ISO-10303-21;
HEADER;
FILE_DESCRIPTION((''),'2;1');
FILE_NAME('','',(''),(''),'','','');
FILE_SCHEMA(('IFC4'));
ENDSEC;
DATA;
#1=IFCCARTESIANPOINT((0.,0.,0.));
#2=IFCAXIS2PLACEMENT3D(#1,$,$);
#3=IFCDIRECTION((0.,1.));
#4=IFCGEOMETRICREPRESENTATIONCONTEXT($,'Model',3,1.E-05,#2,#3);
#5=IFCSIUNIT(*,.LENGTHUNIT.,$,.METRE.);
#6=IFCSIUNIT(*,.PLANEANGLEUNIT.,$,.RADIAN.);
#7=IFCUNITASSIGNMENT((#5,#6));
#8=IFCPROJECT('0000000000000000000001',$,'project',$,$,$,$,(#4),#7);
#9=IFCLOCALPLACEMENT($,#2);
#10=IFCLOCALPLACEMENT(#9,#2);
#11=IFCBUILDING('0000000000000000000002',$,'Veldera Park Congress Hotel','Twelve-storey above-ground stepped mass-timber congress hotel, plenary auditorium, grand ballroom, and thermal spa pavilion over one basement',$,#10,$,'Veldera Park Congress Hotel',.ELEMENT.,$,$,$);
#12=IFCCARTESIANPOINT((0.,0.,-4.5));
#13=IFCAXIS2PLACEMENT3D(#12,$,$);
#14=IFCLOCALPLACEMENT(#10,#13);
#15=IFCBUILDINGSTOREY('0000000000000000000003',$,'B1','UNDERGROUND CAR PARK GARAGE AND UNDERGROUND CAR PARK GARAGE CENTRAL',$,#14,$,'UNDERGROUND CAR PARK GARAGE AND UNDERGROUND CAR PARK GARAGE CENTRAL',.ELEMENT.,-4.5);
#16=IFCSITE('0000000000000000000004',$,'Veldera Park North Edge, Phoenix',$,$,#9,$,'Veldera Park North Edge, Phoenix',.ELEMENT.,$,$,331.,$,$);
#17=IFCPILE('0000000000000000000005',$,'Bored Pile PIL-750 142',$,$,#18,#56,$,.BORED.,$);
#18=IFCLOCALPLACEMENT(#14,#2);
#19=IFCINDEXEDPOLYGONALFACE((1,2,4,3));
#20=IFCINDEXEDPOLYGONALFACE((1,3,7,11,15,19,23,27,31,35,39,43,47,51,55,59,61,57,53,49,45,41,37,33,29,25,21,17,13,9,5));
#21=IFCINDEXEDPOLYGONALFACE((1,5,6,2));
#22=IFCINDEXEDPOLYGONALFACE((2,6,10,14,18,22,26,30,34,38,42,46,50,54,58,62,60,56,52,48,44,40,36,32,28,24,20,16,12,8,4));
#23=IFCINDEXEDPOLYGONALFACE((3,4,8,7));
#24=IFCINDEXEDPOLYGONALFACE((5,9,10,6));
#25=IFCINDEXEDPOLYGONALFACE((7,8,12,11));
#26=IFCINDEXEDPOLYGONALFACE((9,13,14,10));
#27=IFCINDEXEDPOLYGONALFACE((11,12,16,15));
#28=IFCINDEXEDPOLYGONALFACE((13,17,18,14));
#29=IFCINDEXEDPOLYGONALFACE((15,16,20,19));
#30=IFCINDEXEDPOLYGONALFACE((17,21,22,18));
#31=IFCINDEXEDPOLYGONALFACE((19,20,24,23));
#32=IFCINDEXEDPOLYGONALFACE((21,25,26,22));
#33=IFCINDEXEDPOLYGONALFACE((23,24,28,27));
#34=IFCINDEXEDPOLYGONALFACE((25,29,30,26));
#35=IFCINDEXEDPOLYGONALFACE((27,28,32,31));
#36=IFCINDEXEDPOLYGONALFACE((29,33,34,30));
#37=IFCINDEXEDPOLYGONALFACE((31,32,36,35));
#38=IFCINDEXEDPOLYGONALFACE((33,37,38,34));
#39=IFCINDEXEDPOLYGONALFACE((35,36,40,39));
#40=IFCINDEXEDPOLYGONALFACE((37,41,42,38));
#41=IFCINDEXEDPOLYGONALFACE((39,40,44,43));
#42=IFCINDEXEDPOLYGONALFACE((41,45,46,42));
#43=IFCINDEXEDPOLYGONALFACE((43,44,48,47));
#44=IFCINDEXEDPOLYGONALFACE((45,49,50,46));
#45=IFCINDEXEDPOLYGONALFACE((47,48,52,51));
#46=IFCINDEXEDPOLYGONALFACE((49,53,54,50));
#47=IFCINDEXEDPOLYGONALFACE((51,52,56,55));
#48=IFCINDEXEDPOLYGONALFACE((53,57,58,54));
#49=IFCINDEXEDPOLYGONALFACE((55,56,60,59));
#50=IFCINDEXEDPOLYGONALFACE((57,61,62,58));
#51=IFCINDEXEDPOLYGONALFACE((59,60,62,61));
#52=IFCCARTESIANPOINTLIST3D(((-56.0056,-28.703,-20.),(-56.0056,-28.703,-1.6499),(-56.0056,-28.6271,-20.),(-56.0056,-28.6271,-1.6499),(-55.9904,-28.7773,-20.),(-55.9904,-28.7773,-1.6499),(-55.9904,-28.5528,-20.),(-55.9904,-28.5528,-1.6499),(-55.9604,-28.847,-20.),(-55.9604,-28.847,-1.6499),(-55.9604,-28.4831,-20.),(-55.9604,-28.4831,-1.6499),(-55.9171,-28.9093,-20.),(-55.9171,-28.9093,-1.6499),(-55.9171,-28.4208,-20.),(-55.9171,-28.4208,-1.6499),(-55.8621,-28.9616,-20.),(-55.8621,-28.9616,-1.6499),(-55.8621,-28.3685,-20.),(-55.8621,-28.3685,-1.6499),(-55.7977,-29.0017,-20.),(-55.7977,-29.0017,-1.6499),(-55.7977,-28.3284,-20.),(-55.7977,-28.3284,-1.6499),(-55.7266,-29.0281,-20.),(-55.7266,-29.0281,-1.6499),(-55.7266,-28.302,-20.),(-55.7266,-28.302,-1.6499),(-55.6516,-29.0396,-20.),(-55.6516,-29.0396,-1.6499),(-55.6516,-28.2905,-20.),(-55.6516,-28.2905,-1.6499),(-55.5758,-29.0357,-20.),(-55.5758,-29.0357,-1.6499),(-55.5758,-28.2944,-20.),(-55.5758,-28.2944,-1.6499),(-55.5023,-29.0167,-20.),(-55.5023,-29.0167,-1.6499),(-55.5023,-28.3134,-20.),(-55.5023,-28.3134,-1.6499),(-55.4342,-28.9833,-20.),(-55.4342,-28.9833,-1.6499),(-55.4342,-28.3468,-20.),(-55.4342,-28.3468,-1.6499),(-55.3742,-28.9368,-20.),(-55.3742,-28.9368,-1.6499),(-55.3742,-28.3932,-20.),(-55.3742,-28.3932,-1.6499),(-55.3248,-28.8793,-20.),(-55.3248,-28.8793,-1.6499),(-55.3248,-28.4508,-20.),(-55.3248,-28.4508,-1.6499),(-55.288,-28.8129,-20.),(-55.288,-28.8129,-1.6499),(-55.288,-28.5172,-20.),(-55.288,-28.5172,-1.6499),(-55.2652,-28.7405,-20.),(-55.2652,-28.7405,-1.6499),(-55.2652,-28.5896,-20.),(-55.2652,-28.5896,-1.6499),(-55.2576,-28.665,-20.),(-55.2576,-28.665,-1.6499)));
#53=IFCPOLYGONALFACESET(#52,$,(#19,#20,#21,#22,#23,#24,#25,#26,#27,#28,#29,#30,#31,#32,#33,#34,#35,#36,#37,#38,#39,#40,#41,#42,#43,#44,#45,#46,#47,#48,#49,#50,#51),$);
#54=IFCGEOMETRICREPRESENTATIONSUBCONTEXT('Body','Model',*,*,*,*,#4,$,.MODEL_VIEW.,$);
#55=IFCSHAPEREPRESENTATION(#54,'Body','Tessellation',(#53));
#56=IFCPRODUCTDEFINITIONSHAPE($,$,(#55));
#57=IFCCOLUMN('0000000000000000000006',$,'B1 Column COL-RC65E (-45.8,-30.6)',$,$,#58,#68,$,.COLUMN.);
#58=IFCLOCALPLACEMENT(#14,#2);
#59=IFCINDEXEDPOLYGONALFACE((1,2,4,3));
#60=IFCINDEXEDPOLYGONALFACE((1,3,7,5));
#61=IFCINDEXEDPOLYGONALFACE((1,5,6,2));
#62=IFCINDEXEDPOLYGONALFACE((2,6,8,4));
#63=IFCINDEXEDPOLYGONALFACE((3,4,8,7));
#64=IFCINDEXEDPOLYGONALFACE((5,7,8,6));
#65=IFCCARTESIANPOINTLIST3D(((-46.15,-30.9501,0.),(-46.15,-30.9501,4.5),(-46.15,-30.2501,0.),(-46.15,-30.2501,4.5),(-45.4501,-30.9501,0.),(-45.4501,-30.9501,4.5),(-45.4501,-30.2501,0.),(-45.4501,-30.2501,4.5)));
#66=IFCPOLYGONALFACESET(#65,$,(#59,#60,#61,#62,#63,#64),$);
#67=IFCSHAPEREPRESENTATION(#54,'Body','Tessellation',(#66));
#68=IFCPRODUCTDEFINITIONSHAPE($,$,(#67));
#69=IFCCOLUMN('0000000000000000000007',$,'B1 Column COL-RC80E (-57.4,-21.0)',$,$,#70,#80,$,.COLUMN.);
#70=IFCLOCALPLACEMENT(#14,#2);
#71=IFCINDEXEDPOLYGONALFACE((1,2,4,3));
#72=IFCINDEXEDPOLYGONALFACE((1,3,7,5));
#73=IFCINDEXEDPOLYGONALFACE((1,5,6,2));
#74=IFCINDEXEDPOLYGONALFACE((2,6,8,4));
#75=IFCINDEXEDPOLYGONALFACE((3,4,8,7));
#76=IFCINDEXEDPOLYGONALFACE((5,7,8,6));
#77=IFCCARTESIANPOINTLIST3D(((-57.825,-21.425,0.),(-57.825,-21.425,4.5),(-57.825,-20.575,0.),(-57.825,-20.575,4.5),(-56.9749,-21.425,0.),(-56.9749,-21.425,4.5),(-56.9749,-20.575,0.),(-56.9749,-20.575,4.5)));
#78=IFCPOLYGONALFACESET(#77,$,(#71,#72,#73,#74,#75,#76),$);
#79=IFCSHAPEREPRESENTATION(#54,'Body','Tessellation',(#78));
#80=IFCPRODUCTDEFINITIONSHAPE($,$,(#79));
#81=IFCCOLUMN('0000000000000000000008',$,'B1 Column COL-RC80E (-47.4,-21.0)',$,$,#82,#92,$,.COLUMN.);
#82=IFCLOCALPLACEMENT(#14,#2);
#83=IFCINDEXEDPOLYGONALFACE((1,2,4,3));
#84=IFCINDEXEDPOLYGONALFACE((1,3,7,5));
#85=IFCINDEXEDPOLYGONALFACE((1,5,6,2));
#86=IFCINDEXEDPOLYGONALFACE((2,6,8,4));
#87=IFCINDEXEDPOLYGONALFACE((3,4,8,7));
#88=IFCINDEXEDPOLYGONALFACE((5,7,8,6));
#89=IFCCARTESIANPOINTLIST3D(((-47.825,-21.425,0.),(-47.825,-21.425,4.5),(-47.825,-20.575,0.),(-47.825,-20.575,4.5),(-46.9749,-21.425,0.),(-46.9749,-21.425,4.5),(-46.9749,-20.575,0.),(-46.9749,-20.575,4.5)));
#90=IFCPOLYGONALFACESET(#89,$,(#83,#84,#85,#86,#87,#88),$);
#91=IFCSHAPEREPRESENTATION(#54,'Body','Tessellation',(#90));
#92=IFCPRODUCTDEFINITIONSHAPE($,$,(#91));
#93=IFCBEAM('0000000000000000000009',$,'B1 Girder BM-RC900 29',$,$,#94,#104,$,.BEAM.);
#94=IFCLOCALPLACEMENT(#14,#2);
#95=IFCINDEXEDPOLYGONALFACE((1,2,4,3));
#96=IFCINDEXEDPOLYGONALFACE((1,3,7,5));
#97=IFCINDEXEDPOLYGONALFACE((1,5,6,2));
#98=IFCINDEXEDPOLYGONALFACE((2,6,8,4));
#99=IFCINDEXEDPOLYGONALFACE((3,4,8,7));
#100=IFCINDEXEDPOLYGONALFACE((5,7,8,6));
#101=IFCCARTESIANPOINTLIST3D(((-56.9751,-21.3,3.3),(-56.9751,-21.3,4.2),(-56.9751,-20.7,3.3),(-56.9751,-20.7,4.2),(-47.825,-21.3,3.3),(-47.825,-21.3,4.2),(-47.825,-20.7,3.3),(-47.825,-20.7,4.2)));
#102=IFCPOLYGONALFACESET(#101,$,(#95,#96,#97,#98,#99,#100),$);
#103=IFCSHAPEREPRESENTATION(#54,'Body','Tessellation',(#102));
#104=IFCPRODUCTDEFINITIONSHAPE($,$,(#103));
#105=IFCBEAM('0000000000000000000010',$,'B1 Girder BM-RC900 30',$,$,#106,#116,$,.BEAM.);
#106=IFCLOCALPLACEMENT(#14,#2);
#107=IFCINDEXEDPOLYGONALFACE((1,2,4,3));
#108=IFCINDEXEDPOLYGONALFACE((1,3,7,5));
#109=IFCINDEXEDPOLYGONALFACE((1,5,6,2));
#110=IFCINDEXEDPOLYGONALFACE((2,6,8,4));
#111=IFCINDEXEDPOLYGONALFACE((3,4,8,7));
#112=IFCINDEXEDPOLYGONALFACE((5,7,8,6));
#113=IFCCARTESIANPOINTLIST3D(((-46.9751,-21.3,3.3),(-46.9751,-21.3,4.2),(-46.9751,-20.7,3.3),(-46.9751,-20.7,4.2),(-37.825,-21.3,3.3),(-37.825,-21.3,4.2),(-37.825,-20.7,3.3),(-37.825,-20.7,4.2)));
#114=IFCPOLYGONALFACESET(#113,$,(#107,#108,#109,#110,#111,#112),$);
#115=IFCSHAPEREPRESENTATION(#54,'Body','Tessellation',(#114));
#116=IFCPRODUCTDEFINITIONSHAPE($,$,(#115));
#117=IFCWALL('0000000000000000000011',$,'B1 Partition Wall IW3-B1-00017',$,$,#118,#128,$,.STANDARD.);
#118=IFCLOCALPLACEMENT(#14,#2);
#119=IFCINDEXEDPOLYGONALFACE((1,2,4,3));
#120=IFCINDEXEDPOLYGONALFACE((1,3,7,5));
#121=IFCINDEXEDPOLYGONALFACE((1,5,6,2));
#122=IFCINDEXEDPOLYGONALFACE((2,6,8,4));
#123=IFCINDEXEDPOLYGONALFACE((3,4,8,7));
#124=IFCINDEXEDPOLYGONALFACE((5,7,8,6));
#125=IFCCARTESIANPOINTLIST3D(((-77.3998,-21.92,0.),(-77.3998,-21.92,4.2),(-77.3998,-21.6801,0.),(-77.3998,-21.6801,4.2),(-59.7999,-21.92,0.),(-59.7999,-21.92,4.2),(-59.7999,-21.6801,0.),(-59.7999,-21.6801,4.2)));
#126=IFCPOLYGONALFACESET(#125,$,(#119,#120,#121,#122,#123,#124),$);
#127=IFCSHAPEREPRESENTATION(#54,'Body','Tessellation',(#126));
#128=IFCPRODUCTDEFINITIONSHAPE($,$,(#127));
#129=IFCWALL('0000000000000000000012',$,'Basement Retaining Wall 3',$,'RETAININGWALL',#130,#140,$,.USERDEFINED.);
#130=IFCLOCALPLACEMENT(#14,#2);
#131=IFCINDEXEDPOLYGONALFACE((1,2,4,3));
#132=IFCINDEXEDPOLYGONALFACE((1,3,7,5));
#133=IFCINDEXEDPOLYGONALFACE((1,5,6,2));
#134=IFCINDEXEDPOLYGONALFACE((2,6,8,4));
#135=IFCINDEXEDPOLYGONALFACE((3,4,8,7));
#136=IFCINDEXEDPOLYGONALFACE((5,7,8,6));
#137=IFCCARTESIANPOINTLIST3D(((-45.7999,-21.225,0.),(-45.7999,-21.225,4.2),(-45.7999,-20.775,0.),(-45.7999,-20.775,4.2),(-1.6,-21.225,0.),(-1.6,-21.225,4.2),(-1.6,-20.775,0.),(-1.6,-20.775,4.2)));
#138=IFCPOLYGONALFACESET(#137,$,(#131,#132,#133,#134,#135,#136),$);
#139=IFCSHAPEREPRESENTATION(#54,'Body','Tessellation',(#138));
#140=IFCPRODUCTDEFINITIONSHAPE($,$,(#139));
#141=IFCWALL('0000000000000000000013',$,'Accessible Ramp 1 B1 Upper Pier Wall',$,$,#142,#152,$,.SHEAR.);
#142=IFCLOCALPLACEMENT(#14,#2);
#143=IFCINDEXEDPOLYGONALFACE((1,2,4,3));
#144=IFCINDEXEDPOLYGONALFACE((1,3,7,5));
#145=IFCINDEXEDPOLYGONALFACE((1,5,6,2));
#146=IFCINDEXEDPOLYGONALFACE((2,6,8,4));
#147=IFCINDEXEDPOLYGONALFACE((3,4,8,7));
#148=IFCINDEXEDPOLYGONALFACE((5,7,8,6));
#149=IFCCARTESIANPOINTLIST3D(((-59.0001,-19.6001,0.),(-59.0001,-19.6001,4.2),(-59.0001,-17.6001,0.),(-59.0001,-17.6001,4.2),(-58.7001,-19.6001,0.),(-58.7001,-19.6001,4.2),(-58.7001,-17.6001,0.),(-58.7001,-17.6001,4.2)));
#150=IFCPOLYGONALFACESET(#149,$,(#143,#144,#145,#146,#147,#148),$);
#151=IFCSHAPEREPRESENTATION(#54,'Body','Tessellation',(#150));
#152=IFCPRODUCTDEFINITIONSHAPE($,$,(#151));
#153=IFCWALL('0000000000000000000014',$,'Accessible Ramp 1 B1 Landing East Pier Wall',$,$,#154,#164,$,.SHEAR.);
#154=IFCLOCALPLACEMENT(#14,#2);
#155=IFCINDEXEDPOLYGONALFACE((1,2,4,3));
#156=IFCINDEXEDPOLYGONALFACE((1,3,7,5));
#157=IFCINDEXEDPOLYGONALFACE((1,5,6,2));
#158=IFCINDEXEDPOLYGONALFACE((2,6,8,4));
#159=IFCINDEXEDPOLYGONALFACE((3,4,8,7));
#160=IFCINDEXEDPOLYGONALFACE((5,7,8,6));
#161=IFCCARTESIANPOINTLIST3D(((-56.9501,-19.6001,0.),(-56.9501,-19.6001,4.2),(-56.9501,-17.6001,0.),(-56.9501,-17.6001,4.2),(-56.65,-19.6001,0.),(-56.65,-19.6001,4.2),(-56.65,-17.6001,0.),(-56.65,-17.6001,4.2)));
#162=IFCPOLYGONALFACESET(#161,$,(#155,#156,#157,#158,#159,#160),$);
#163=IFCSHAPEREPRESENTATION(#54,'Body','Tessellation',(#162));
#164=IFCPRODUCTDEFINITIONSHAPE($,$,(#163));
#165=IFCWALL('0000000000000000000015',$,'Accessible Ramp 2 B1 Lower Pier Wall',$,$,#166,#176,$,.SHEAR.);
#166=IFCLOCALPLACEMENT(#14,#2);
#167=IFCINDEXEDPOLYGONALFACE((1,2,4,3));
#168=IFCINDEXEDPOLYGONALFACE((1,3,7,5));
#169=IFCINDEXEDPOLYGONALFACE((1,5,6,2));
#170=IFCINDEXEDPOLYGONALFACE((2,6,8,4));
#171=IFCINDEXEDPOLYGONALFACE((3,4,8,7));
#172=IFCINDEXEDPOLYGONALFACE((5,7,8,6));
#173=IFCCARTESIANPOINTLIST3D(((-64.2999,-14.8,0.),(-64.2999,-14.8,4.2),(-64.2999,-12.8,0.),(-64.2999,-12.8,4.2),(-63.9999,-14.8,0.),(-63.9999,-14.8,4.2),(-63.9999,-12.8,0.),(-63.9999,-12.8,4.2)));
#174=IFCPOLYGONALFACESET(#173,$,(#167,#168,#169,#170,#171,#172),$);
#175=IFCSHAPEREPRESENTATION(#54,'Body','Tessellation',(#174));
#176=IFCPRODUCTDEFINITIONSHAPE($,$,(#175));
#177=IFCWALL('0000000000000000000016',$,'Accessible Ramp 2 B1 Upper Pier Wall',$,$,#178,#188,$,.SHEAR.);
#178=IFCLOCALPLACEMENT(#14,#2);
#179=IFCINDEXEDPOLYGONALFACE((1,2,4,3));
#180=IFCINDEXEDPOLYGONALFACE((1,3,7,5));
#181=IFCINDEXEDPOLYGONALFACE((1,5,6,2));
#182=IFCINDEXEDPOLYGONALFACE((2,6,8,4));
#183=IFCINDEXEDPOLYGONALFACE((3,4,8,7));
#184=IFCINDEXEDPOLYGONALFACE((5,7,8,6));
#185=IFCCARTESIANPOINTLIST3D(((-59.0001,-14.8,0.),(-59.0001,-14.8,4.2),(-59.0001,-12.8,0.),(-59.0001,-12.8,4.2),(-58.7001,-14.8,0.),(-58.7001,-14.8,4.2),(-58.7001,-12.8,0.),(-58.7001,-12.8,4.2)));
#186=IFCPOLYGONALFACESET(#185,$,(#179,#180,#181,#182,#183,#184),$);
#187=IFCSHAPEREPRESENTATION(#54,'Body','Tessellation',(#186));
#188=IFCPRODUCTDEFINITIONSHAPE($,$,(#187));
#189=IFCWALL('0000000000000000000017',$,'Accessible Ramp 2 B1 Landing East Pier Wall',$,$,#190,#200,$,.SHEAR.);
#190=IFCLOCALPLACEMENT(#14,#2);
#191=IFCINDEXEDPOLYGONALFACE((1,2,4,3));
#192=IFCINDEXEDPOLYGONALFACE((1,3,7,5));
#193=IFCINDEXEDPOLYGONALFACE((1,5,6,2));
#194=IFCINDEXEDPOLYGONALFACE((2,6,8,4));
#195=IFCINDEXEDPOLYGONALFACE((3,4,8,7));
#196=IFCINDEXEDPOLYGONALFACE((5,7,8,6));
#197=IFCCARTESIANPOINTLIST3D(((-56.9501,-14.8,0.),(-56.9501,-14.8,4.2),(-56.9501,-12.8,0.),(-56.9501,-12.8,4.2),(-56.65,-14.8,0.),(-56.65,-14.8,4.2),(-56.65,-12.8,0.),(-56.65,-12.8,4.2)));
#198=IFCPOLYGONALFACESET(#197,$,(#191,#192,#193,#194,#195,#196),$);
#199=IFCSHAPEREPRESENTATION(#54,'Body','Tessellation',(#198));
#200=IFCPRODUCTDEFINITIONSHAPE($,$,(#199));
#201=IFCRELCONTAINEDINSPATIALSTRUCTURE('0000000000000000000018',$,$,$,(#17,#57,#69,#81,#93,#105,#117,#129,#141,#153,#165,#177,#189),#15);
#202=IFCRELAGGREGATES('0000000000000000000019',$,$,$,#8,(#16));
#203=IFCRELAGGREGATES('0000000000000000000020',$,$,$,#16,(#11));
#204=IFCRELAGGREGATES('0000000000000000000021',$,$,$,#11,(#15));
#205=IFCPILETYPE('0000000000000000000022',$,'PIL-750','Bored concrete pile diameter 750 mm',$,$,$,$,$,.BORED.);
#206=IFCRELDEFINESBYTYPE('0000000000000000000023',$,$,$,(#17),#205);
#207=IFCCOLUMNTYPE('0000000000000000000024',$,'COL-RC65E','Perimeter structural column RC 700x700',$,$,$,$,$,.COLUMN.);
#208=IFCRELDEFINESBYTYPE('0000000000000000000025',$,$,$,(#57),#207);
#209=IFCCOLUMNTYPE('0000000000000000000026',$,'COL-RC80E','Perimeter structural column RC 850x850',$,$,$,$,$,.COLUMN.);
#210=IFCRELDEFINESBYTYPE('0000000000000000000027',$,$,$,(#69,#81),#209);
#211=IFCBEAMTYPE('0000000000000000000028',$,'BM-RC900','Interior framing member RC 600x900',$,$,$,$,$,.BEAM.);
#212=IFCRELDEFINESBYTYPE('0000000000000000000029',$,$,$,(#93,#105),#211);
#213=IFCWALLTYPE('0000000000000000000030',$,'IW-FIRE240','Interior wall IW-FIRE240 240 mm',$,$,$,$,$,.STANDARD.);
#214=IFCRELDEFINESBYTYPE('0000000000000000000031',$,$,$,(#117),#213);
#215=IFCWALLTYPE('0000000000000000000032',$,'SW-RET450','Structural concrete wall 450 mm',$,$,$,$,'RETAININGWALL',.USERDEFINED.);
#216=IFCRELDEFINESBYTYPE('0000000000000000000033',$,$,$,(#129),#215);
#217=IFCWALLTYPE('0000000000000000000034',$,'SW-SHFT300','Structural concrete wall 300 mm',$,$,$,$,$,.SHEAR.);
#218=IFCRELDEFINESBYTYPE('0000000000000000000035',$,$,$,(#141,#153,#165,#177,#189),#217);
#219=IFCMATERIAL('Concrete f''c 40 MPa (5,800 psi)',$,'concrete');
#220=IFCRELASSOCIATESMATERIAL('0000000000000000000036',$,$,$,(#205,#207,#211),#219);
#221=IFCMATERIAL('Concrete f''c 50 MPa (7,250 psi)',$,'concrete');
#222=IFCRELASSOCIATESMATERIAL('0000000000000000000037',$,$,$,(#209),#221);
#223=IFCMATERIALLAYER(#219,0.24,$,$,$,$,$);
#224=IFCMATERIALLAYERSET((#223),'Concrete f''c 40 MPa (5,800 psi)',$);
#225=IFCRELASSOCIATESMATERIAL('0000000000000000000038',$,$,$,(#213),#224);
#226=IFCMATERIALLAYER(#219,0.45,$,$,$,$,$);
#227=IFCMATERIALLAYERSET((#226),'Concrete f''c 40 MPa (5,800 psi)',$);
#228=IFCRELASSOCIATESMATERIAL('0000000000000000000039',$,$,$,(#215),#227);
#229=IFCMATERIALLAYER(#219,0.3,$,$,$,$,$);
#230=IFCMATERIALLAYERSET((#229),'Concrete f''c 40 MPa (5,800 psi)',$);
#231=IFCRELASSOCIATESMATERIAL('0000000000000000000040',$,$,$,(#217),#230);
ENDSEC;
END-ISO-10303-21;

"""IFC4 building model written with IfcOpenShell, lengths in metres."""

from ifc_helpers import new_model, si_unit, direction, frame, frame_2d, origin, origin_2d, place, context, subcontext, project, spatial, rectangle, circle, extrude, material, layer, layer_set, material_profile, profile_set, type_object, element, save


model = new_model("IFC4")

# Units and contexts
model_context = context("Model", 3, precision=1e-05, world=origin(), true_north=direction((0.0, 1.0)))
body_context = subcontext(model_context, "Body", "Model", "MODEL_VIEW")
ifc_project = project(units=[si_unit("LENGTHUNIT", "METRE"), si_unit("PLANEANGLEUNIT", "RADIAN")], contexts=[model_context])

# Site, building, storey
site_placement = place(None, origin())
site = spatial("IfcSite", under=ifc_project, at=site_placement, Name="Veldera Park North Edge, Phoenix", LongName="Veldera Park North Edge, Phoenix", CompositionType="ELEMENT", RefElevation=331.0)
building_placement = place(site_placement, origin())
building = spatial("IfcBuilding", under=site, at=building_placement, Name="Veldera Park Congress Hotel", Description="Twelve-storey above-ground stepped mass-timber congress hotel, plenary auditorium, grand ballroom, and thermal spa pavilion over one basement", LongName="Veldera Park Congress Hotel", CompositionType="ELEMENT")
storey_placement = place(building_placement, frame((0.0, 0.0, -4.5)))
storey = spatial("IfcBuildingStorey", under=building, at=storey_placement, Name="B1", Description="UNDERGROUND CAR PARK GARAGE AND UNDERGROUND CAR PARK GARAGE CENTRAL", LongName="UNDERGROUND CAR PARK GARAGE AND UNDERGROUND CAR PARK GARAGE CENTRAL", CompositionType="ELEMENT", Elevation=-4.5)

# Shared definitions
ifc_material_1 = material(Name="Concrete f'c 40 MPa (5,800 psi)", Category="concrete")

# Pile
ifc_material_profile_1 = material_profile(ifc_material_1, circle(Radius=0.375, at=origin_2d()), Name="PILE D750")
ifc_profile_set_1 = profile_set([ifc_material_profile_1], Name="Concrete f'c 40 MPa (5,800 psi)")
pile_type_1 = type_object("IfcPileType", Name="PIL-750", Description="Bored concrete pile diameter 750 mm", PredefinedType="BORED", material=ifc_profile_set_1)
for number, where, z_axis, x_axis, name in (
    (1, (-55.6326, -28.665, -1.6499), (0.0, 0.0, -1.0), (1.0, 0.0, 0.0), "Bored Pile PIL-750 142"),
):
    element("IfcPile", number, at=place(storey_placement, frame(where, z_axis=z_axis, x_axis=x_axis)), inside=storey, type_object=pile_type_1, Name=name, PredefinedType="BORED", context=body_context, shape_type="SweptSolid", body=[
        extrude(circle(Radius=0.375, at=origin_2d()), origin(), (0.0, 0.0, 1.0), 18.3501),
    ])

# Columns
ifc_material_profile_2 = material_profile(ifc_material_1, rectangle(XDim=0.7, YDim=0.7, at=origin_2d()), Name="RC 700x700")
ifc_profile_set_2 = profile_set([ifc_material_profile_2], Name="Concrete f'c 40 MPa (5,800 psi)")
column_type_1 = type_object("IfcColumnType", Name="COL-RC65E", Description="Perimeter structural column RC 700x700", PredefinedType="COLUMN", material=ifc_profile_set_2)
column_placement = place(storey_placement, frame((-45.8, -30.6001, 0.0), z_axis=(0.0, 0.0, 1.0), x_axis=(1.0, 0.0, 0.0)))
element("IfcColumn", 2, at=column_placement, inside=storey, type_object=column_type_1, Name="B1 Column COL-RC65E (-45.8,-30.6)", PredefinedType="COLUMN", context=body_context, shape_type="SweptSolid", body=[
    extrude(rectangle(XDim=0.7, YDim=0.7, at=origin_2d()), origin(), (0.0, 0.0, 1.0), 4.5),
])
ifc_material_2 = material(Name="Concrete f'c 50 MPa (7,250 psi)", Category="concrete")
ifc_material_profile_3 = material_profile(ifc_material_2, rectangle(XDim=0.8501, YDim=0.8501, at=origin_2d()), Name="RC 850x850")
ifc_profile_set_3 = profile_set([ifc_material_profile_3], Name="Concrete f'c 50 MPa (7,250 psi)")
column_type_2 = type_object("IfcColumnType", Name="COL-RC80E", Description="Perimeter structural column RC 850x850", PredefinedType="COLUMN", material=ifc_profile_set_3)
for number, where, z_axis, x_axis, name in (
    (3, (-57.3999, -21.0, 0.0), (0.0, 0.0, 1.0), (1.0, 0.0, 0.0), "B1 Column COL-RC80E (-57.4,-21.0)"),
    (4, (-47.3999, -21.0, 0.0), (0.0, 0.0, 1.0), (1.0, 0.0, 0.0), "B1 Column COL-RC80E (-47.4,-21.0)"),
):
    element("IfcColumn", number, at=place(storey_placement, frame(where, z_axis=z_axis, x_axis=x_axis)), inside=storey, type_object=column_type_2, Name=name, PredefinedType="COLUMN", context=body_context, shape_type="SweptSolid", body=[
        extrude(rectangle(XDim=0.8501, YDim=0.8501, at=origin_2d()), origin(), (0.0, 0.0, 1.0), 4.5),
    ])

# Beams
ifc_material_profile_4 = material_profile(ifc_material_1, rectangle(XDim=0.6001, YDim=0.8999, at=origin_2d()), Name="RC 600x900")
ifc_profile_set_4 = profile_set([ifc_material_profile_4], Name="Concrete f'c 40 MPa (5,800 psi)")
beam_type = type_object("IfcBeamType", Name="BM-RC900", Description="Interior framing member RC 600x900", PredefinedType="BEAM", material=ifc_profile_set_4)
for number, where, z_axis, x_axis, name in (
    (5, (-56.9751, -21.0, 3.75), (1.0, 0.0, 0.0), (0.0, 1.0, 0.0), "B1 Girder BM-RC900 29"),
    (6, (-46.9751, -21.0, 3.75), (1.0, 0.0, 0.0), (0.0, 1.0, 0.0), "B1 Girder BM-RC900 30"),
):
    element("IfcBeam", number, at=place(storey_placement, frame(where, z_axis=z_axis, x_axis=x_axis)), inside=storey, type_object=beam_type, Name=name, PredefinedType="BEAM", context=body_context, shape_type="SweptSolid", body=[
        extrude(rectangle(XDim=0.6001, YDim=0.8999, at=origin_2d()), origin(), (0.0, 0.0, 1.0), 9.1501),
    ])

# Walls
ifc_layer_1 = layer(ifc_material_1, 0.24)
ifc_layer_set_1 = layer_set([ifc_layer_1], Name="Concrete f'c 40 MPa (5,800 psi)")
wall_type_1 = type_object("IfcWallType", Name="IW-FIRE240", Description="Interior wall IW-FIRE240 240 mm", PredefinedType="STANDARD", material=ifc_layer_set_1)
wall_1_placement = place(storey_placement, frame((-59.8, -21.8, 0.0), z_axis=(0.0, 0.0, 1.0), x_axis=(-1.0, 0.0, 0.0)))
element("IfcWall", 7, at=wall_1_placement, inside=storey, type_object=wall_type_1, Name="B1 Partition Wall IW3-B1-00017", PredefinedType="STANDARD", context=body_context, shape_type="SweptSolid", body=[
    extrude(rectangle(XDim=17.5999, YDim=0.24, at=frame_2d((8.7998, 0.0))), origin(), (0.0, 0.0, 1.0), 4.2),
])
ifc_layer_2 = layer(ifc_material_1, 0.45)
ifc_layer_set_2 = layer_set([ifc_layer_2], Name="Concrete f'c 40 MPa (5,800 psi)")
wall_type_2 = type_object("IfcWallType", Name="SW-RET450", Description="Structural concrete wall 450 mm", ElementType="RETAININGWALL", PredefinedType="USERDEFINED", material=ifc_layer_set_2)
wall_2_placement = place(storey_placement, frame((-45.8, -21.0, 0.0), z_axis=(0.0, 0.0, 1.0), x_axis=(1.0, 0.0, 0.0)))
element("IfcWall", 8, at=wall_2_placement, inside=storey, type_object=wall_type_2, Name="Basement Retaining Wall 3", ObjectType="RETAININGWALL", PredefinedType="USERDEFINED", context=body_context, shape_type="SweptSolid", body=[
    extrude(rectangle(XDim=44.2, YDim=0.45, at=frame_2d((22.1001, 0.0))), origin(), (0.0, 0.0, 1.0), 4.2),
])
ifc_layer_3 = layer(ifc_material_1, 0.3)
ifc_layer_set_3 = layer_set([ifc_layer_3], Name="Concrete f'c 40 MPa (5,800 psi)")
wall_type_3 = type_object("IfcWallType", Name="SW-SHFT300", Description="Structural concrete wall 300 mm", PredefinedType="SHEAR", material=ifc_layer_set_3)
for number, where, z_axis, x_axis, name in (
    (9, (-58.8501, -19.6001, 0.0), (0.0, 0.0, 1.0), (0.0, 1.0, 0.0), "Accessible Ramp 1 B1 Upper Pier Wall"),
    (10, (-56.8, -19.6001, 0.0), (0.0, 0.0, 1.0), (0.0, 1.0, 0.0), "Accessible Ramp 1 B1 Landing East Pier Wall"),
    (11, (-64.1499, -14.8, 0.0), (0.0, 0.0, 1.0), (0.0, 1.0, 0.0), "Accessible Ramp 2 B1 Lower Pier Wall"),
    (12, (-58.8501, -14.8, 0.0), (0.0, 0.0, 1.0), (0.0, 1.0, 0.0), "Accessible Ramp 2 B1 Upper Pier Wall"),
    (13, (-56.8, -14.8, 0.0), (0.0, 0.0, 1.0), (0.0, 1.0, 0.0), "Accessible Ramp 2 B1 Landing East Pier Wall"),
):
    element("IfcWall", number, at=place(storey_placement, frame(where, z_axis=z_axis, x_axis=x_axis)), inside=storey, type_object=wall_type_3, Name=name, PredefinedType="SHEAR", context=body_context, shape_type="SweptSolid", body=[
        extrude(rectangle(XDim=2.0, YDim=0.3, at=frame_2d((1.0, 0.0))), origin(), (0.0, 0.0, 1.0), 4.2),
    ])

save(model, "model.ifc")
